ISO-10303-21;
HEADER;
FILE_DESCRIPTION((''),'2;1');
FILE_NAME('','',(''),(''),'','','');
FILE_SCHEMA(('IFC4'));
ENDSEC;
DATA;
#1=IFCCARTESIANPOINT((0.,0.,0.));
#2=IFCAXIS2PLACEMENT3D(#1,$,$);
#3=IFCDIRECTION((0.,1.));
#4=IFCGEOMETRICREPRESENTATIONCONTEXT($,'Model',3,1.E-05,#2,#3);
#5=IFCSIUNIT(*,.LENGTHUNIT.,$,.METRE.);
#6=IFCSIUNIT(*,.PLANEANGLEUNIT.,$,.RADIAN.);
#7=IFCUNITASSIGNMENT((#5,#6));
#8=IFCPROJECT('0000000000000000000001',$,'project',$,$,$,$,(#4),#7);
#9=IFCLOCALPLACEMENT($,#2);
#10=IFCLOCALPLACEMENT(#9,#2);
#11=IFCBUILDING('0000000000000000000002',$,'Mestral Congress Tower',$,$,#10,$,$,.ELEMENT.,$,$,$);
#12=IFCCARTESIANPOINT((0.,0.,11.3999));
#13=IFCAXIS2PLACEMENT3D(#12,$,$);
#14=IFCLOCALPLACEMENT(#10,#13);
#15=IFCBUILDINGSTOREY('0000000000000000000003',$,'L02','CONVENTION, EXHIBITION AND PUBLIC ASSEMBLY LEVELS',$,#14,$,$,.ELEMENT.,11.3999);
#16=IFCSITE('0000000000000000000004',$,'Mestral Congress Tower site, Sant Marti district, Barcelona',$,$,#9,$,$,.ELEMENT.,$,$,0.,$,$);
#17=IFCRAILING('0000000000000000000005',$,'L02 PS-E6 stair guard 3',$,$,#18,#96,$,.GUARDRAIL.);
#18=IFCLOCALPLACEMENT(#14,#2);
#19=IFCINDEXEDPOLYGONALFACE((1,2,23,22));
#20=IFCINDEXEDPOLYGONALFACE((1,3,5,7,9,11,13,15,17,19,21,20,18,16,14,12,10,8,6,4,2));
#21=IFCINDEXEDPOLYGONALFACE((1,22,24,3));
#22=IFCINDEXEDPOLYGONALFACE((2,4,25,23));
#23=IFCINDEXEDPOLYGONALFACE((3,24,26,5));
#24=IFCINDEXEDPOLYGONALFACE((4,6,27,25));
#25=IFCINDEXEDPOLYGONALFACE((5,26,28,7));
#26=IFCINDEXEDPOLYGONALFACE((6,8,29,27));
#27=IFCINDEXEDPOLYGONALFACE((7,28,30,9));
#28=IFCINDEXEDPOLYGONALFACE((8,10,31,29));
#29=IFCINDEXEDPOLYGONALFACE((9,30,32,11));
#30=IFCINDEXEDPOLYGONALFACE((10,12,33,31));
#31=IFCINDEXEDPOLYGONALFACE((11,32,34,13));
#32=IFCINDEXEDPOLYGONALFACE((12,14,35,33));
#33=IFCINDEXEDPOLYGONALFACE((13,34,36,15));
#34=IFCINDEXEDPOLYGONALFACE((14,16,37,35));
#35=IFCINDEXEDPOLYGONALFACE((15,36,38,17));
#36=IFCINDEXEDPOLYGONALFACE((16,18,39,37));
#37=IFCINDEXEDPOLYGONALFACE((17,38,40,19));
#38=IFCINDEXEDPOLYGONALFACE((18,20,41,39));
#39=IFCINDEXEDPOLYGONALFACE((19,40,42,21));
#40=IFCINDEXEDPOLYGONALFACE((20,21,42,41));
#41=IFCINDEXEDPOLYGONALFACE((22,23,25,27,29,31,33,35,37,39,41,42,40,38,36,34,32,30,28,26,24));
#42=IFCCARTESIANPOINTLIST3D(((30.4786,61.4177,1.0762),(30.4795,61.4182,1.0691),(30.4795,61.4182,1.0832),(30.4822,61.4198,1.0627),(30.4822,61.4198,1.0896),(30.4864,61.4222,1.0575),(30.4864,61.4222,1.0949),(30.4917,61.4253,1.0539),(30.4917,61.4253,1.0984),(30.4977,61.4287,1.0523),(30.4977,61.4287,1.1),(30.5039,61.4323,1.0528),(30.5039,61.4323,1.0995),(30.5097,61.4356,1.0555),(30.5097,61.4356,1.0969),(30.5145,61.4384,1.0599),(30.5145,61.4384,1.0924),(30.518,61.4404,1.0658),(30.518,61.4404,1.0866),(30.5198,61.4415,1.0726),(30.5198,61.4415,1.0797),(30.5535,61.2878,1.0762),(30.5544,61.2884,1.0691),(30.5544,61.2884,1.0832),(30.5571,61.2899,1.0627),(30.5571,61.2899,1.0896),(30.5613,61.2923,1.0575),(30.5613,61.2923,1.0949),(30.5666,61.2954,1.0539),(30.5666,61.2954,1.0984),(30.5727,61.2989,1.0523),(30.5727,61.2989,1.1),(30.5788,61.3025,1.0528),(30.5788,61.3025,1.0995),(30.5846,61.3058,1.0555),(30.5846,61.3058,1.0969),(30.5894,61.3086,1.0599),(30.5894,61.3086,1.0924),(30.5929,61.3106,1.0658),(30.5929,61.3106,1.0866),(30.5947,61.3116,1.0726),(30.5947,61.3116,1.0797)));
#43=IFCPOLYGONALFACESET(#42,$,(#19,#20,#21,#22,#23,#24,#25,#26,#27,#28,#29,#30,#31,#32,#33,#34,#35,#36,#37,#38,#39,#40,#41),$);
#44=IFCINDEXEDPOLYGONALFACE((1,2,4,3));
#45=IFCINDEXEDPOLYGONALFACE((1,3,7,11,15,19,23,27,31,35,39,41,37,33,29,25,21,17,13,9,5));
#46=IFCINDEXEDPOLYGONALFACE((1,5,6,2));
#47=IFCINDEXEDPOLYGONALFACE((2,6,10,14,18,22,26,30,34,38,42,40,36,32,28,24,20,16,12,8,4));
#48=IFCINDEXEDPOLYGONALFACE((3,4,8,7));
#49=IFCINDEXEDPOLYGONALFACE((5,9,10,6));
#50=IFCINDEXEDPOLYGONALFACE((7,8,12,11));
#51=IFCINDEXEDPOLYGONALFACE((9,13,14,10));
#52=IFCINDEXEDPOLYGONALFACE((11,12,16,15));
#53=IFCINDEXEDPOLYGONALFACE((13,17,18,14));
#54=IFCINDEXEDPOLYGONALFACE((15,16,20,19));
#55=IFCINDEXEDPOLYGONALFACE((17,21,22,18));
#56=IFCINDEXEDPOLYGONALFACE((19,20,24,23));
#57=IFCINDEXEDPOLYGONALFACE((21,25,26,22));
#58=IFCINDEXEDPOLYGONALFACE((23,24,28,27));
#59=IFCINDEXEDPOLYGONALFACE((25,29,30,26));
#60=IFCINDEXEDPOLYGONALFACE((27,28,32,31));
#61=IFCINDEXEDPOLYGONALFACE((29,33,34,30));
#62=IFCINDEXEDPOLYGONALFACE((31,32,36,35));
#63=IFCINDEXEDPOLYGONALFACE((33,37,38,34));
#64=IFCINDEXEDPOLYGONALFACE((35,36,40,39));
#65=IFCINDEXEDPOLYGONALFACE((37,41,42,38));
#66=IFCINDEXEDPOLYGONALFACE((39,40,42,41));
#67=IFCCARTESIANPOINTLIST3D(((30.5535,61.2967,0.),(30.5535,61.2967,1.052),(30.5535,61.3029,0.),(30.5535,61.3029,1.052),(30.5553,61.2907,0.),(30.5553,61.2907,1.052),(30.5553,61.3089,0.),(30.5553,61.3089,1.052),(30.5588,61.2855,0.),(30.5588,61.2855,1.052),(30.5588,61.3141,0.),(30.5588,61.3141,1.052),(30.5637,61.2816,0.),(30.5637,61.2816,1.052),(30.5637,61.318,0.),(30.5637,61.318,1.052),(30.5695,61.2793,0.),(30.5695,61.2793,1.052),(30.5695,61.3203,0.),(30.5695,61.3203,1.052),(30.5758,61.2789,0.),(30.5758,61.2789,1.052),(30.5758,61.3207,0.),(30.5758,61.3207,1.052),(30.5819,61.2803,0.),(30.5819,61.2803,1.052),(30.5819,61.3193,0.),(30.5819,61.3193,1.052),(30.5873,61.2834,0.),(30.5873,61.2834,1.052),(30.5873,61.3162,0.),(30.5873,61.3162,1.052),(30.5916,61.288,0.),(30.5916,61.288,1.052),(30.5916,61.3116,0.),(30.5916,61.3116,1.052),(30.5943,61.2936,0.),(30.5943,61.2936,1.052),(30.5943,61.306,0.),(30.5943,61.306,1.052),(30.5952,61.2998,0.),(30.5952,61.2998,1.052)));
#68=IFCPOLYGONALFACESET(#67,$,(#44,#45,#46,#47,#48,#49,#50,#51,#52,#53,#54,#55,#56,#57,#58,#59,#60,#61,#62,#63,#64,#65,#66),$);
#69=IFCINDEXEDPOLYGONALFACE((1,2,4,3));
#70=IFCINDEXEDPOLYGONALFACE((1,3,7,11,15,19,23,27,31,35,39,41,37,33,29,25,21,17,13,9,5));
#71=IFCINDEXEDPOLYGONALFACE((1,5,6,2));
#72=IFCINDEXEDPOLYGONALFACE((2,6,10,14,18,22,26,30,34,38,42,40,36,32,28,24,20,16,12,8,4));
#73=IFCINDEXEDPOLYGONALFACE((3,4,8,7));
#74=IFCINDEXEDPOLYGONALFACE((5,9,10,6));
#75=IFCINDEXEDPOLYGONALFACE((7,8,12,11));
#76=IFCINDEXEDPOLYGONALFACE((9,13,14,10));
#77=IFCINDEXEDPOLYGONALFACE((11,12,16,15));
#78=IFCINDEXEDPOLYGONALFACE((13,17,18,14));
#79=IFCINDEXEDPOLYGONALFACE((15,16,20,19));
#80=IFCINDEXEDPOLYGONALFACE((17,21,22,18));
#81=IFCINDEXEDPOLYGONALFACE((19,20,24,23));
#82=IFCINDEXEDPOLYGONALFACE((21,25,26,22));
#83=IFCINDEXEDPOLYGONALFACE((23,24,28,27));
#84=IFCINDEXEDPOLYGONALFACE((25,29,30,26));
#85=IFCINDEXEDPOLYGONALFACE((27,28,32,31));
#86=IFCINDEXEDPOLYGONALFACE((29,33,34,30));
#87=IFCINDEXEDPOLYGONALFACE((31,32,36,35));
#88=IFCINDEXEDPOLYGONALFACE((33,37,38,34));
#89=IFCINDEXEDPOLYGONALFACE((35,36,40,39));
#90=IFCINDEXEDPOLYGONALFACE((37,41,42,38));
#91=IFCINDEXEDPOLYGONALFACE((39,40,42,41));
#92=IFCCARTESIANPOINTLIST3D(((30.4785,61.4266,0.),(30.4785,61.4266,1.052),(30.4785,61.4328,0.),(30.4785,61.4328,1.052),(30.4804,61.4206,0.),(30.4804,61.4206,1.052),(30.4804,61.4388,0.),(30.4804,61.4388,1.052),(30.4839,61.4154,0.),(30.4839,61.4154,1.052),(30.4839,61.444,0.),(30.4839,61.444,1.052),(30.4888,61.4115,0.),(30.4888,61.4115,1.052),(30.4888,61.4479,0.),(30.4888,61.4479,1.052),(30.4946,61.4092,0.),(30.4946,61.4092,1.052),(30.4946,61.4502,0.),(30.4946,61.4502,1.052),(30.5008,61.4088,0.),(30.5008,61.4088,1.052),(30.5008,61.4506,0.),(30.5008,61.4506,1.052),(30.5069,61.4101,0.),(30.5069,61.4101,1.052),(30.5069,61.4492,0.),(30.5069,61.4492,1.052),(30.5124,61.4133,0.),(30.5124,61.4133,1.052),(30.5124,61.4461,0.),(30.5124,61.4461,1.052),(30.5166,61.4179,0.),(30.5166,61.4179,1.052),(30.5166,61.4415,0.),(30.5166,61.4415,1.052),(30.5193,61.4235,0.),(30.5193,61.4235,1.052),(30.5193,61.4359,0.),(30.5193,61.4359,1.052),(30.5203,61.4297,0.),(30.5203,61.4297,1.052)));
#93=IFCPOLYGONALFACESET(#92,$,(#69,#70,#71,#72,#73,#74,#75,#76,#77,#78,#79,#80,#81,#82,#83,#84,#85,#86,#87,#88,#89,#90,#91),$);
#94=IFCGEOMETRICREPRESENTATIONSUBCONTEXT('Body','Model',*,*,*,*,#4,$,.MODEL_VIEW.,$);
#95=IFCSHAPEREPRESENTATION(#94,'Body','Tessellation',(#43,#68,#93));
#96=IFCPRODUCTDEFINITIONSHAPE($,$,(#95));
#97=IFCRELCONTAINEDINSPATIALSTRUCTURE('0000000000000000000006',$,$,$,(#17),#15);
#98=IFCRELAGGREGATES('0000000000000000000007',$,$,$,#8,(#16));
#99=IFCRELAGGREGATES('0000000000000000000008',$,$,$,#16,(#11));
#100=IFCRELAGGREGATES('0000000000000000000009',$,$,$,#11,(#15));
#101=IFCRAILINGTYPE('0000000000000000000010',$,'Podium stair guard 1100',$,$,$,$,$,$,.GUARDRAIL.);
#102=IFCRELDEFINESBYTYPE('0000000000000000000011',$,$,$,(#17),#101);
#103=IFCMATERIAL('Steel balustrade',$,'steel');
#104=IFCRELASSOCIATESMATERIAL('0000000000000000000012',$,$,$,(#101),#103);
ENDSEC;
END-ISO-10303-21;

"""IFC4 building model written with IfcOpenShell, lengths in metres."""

from ifc_helpers import new_model, si_unit, direction, frame, origin, origin_2d, place, context, subcontext, project, spatial, circle, extrude, material, type_object, element, save


model = new_model("IFC4")

# Units and contexts
model_context = context("Model", 3, precision=1e-05, world=origin(), true_north=direction((0.0, 1.0)))
body_context = subcontext(model_context, "Body", "Model", "MODEL_VIEW")
ifc_project = project(units=[si_unit("LENGTHUNIT", "METRE"), si_unit("PLANEANGLEUNIT", "RADIAN")], contexts=[model_context])

# Site, building, storey
site_placement = place(None, origin())
site = spatial("IfcSite", under=ifc_project, at=site_placement, Name="Mestral Congress Tower site, Sant Marti district, Barcelona", CompositionType="ELEMENT", RefElevation=0.0)
building_placement = place(site_placement, origin())
building = spatial("IfcBuilding", under=site, at=building_placement, Name="Mestral Congress Tower", CompositionType="ELEMENT")
storey_placement = place(building_placement, frame((0.0, 0.0, 11.3999)))
storey = spatial("IfcBuildingStorey", under=building, at=storey_placement, Name="L02", Description="CONVENTION, EXHIBITION AND PUBLIC ASSEMBLY LEVELS", CompositionType="ELEMENT", Elevation=11.3999)

# Railing
ifc_material_1 = material(Name="Steel balustrade", Category="steel")
railing_type_1 = type_object("IfcRailingType", Name="Podium stair guard 1100", PredefinedType="GUARDRAIL", material=ifc_material_1)
railing_1_placement = place(storey_placement, frame((30.5742, 61.2998, 0.0)))
element("IfcRailing", 1, at=railing_1_placement, inside=storey, type_object=railing_type_1, Name="L02 PS-E6 stair guard 3", PredefinedType="GUARDRAIL", context=body_context, shape_type="SweptSolid", body=[
    extrude(circle(Radius=0.0239, at=origin_2d()), frame((0.0, 0.0, 1.0762), z_axis=(-0.499816, 0.866131, 0.0), x_axis=(-0.866131, -0.499816, 0.0)), (0.0, 0.0, 1.0), 0.1499),
    extrude(circle(Radius=0.021, at=origin_2d()), origin(), (0.0, 0.0, 1.0), 1.052),
    extrude(circle(Radius=0.021, at=origin_2d()), frame((-0.075, 0.1299, 0.0)), (0.0, 0.0, 1.0), 1.052),
])

save(model, "model.ifc")
